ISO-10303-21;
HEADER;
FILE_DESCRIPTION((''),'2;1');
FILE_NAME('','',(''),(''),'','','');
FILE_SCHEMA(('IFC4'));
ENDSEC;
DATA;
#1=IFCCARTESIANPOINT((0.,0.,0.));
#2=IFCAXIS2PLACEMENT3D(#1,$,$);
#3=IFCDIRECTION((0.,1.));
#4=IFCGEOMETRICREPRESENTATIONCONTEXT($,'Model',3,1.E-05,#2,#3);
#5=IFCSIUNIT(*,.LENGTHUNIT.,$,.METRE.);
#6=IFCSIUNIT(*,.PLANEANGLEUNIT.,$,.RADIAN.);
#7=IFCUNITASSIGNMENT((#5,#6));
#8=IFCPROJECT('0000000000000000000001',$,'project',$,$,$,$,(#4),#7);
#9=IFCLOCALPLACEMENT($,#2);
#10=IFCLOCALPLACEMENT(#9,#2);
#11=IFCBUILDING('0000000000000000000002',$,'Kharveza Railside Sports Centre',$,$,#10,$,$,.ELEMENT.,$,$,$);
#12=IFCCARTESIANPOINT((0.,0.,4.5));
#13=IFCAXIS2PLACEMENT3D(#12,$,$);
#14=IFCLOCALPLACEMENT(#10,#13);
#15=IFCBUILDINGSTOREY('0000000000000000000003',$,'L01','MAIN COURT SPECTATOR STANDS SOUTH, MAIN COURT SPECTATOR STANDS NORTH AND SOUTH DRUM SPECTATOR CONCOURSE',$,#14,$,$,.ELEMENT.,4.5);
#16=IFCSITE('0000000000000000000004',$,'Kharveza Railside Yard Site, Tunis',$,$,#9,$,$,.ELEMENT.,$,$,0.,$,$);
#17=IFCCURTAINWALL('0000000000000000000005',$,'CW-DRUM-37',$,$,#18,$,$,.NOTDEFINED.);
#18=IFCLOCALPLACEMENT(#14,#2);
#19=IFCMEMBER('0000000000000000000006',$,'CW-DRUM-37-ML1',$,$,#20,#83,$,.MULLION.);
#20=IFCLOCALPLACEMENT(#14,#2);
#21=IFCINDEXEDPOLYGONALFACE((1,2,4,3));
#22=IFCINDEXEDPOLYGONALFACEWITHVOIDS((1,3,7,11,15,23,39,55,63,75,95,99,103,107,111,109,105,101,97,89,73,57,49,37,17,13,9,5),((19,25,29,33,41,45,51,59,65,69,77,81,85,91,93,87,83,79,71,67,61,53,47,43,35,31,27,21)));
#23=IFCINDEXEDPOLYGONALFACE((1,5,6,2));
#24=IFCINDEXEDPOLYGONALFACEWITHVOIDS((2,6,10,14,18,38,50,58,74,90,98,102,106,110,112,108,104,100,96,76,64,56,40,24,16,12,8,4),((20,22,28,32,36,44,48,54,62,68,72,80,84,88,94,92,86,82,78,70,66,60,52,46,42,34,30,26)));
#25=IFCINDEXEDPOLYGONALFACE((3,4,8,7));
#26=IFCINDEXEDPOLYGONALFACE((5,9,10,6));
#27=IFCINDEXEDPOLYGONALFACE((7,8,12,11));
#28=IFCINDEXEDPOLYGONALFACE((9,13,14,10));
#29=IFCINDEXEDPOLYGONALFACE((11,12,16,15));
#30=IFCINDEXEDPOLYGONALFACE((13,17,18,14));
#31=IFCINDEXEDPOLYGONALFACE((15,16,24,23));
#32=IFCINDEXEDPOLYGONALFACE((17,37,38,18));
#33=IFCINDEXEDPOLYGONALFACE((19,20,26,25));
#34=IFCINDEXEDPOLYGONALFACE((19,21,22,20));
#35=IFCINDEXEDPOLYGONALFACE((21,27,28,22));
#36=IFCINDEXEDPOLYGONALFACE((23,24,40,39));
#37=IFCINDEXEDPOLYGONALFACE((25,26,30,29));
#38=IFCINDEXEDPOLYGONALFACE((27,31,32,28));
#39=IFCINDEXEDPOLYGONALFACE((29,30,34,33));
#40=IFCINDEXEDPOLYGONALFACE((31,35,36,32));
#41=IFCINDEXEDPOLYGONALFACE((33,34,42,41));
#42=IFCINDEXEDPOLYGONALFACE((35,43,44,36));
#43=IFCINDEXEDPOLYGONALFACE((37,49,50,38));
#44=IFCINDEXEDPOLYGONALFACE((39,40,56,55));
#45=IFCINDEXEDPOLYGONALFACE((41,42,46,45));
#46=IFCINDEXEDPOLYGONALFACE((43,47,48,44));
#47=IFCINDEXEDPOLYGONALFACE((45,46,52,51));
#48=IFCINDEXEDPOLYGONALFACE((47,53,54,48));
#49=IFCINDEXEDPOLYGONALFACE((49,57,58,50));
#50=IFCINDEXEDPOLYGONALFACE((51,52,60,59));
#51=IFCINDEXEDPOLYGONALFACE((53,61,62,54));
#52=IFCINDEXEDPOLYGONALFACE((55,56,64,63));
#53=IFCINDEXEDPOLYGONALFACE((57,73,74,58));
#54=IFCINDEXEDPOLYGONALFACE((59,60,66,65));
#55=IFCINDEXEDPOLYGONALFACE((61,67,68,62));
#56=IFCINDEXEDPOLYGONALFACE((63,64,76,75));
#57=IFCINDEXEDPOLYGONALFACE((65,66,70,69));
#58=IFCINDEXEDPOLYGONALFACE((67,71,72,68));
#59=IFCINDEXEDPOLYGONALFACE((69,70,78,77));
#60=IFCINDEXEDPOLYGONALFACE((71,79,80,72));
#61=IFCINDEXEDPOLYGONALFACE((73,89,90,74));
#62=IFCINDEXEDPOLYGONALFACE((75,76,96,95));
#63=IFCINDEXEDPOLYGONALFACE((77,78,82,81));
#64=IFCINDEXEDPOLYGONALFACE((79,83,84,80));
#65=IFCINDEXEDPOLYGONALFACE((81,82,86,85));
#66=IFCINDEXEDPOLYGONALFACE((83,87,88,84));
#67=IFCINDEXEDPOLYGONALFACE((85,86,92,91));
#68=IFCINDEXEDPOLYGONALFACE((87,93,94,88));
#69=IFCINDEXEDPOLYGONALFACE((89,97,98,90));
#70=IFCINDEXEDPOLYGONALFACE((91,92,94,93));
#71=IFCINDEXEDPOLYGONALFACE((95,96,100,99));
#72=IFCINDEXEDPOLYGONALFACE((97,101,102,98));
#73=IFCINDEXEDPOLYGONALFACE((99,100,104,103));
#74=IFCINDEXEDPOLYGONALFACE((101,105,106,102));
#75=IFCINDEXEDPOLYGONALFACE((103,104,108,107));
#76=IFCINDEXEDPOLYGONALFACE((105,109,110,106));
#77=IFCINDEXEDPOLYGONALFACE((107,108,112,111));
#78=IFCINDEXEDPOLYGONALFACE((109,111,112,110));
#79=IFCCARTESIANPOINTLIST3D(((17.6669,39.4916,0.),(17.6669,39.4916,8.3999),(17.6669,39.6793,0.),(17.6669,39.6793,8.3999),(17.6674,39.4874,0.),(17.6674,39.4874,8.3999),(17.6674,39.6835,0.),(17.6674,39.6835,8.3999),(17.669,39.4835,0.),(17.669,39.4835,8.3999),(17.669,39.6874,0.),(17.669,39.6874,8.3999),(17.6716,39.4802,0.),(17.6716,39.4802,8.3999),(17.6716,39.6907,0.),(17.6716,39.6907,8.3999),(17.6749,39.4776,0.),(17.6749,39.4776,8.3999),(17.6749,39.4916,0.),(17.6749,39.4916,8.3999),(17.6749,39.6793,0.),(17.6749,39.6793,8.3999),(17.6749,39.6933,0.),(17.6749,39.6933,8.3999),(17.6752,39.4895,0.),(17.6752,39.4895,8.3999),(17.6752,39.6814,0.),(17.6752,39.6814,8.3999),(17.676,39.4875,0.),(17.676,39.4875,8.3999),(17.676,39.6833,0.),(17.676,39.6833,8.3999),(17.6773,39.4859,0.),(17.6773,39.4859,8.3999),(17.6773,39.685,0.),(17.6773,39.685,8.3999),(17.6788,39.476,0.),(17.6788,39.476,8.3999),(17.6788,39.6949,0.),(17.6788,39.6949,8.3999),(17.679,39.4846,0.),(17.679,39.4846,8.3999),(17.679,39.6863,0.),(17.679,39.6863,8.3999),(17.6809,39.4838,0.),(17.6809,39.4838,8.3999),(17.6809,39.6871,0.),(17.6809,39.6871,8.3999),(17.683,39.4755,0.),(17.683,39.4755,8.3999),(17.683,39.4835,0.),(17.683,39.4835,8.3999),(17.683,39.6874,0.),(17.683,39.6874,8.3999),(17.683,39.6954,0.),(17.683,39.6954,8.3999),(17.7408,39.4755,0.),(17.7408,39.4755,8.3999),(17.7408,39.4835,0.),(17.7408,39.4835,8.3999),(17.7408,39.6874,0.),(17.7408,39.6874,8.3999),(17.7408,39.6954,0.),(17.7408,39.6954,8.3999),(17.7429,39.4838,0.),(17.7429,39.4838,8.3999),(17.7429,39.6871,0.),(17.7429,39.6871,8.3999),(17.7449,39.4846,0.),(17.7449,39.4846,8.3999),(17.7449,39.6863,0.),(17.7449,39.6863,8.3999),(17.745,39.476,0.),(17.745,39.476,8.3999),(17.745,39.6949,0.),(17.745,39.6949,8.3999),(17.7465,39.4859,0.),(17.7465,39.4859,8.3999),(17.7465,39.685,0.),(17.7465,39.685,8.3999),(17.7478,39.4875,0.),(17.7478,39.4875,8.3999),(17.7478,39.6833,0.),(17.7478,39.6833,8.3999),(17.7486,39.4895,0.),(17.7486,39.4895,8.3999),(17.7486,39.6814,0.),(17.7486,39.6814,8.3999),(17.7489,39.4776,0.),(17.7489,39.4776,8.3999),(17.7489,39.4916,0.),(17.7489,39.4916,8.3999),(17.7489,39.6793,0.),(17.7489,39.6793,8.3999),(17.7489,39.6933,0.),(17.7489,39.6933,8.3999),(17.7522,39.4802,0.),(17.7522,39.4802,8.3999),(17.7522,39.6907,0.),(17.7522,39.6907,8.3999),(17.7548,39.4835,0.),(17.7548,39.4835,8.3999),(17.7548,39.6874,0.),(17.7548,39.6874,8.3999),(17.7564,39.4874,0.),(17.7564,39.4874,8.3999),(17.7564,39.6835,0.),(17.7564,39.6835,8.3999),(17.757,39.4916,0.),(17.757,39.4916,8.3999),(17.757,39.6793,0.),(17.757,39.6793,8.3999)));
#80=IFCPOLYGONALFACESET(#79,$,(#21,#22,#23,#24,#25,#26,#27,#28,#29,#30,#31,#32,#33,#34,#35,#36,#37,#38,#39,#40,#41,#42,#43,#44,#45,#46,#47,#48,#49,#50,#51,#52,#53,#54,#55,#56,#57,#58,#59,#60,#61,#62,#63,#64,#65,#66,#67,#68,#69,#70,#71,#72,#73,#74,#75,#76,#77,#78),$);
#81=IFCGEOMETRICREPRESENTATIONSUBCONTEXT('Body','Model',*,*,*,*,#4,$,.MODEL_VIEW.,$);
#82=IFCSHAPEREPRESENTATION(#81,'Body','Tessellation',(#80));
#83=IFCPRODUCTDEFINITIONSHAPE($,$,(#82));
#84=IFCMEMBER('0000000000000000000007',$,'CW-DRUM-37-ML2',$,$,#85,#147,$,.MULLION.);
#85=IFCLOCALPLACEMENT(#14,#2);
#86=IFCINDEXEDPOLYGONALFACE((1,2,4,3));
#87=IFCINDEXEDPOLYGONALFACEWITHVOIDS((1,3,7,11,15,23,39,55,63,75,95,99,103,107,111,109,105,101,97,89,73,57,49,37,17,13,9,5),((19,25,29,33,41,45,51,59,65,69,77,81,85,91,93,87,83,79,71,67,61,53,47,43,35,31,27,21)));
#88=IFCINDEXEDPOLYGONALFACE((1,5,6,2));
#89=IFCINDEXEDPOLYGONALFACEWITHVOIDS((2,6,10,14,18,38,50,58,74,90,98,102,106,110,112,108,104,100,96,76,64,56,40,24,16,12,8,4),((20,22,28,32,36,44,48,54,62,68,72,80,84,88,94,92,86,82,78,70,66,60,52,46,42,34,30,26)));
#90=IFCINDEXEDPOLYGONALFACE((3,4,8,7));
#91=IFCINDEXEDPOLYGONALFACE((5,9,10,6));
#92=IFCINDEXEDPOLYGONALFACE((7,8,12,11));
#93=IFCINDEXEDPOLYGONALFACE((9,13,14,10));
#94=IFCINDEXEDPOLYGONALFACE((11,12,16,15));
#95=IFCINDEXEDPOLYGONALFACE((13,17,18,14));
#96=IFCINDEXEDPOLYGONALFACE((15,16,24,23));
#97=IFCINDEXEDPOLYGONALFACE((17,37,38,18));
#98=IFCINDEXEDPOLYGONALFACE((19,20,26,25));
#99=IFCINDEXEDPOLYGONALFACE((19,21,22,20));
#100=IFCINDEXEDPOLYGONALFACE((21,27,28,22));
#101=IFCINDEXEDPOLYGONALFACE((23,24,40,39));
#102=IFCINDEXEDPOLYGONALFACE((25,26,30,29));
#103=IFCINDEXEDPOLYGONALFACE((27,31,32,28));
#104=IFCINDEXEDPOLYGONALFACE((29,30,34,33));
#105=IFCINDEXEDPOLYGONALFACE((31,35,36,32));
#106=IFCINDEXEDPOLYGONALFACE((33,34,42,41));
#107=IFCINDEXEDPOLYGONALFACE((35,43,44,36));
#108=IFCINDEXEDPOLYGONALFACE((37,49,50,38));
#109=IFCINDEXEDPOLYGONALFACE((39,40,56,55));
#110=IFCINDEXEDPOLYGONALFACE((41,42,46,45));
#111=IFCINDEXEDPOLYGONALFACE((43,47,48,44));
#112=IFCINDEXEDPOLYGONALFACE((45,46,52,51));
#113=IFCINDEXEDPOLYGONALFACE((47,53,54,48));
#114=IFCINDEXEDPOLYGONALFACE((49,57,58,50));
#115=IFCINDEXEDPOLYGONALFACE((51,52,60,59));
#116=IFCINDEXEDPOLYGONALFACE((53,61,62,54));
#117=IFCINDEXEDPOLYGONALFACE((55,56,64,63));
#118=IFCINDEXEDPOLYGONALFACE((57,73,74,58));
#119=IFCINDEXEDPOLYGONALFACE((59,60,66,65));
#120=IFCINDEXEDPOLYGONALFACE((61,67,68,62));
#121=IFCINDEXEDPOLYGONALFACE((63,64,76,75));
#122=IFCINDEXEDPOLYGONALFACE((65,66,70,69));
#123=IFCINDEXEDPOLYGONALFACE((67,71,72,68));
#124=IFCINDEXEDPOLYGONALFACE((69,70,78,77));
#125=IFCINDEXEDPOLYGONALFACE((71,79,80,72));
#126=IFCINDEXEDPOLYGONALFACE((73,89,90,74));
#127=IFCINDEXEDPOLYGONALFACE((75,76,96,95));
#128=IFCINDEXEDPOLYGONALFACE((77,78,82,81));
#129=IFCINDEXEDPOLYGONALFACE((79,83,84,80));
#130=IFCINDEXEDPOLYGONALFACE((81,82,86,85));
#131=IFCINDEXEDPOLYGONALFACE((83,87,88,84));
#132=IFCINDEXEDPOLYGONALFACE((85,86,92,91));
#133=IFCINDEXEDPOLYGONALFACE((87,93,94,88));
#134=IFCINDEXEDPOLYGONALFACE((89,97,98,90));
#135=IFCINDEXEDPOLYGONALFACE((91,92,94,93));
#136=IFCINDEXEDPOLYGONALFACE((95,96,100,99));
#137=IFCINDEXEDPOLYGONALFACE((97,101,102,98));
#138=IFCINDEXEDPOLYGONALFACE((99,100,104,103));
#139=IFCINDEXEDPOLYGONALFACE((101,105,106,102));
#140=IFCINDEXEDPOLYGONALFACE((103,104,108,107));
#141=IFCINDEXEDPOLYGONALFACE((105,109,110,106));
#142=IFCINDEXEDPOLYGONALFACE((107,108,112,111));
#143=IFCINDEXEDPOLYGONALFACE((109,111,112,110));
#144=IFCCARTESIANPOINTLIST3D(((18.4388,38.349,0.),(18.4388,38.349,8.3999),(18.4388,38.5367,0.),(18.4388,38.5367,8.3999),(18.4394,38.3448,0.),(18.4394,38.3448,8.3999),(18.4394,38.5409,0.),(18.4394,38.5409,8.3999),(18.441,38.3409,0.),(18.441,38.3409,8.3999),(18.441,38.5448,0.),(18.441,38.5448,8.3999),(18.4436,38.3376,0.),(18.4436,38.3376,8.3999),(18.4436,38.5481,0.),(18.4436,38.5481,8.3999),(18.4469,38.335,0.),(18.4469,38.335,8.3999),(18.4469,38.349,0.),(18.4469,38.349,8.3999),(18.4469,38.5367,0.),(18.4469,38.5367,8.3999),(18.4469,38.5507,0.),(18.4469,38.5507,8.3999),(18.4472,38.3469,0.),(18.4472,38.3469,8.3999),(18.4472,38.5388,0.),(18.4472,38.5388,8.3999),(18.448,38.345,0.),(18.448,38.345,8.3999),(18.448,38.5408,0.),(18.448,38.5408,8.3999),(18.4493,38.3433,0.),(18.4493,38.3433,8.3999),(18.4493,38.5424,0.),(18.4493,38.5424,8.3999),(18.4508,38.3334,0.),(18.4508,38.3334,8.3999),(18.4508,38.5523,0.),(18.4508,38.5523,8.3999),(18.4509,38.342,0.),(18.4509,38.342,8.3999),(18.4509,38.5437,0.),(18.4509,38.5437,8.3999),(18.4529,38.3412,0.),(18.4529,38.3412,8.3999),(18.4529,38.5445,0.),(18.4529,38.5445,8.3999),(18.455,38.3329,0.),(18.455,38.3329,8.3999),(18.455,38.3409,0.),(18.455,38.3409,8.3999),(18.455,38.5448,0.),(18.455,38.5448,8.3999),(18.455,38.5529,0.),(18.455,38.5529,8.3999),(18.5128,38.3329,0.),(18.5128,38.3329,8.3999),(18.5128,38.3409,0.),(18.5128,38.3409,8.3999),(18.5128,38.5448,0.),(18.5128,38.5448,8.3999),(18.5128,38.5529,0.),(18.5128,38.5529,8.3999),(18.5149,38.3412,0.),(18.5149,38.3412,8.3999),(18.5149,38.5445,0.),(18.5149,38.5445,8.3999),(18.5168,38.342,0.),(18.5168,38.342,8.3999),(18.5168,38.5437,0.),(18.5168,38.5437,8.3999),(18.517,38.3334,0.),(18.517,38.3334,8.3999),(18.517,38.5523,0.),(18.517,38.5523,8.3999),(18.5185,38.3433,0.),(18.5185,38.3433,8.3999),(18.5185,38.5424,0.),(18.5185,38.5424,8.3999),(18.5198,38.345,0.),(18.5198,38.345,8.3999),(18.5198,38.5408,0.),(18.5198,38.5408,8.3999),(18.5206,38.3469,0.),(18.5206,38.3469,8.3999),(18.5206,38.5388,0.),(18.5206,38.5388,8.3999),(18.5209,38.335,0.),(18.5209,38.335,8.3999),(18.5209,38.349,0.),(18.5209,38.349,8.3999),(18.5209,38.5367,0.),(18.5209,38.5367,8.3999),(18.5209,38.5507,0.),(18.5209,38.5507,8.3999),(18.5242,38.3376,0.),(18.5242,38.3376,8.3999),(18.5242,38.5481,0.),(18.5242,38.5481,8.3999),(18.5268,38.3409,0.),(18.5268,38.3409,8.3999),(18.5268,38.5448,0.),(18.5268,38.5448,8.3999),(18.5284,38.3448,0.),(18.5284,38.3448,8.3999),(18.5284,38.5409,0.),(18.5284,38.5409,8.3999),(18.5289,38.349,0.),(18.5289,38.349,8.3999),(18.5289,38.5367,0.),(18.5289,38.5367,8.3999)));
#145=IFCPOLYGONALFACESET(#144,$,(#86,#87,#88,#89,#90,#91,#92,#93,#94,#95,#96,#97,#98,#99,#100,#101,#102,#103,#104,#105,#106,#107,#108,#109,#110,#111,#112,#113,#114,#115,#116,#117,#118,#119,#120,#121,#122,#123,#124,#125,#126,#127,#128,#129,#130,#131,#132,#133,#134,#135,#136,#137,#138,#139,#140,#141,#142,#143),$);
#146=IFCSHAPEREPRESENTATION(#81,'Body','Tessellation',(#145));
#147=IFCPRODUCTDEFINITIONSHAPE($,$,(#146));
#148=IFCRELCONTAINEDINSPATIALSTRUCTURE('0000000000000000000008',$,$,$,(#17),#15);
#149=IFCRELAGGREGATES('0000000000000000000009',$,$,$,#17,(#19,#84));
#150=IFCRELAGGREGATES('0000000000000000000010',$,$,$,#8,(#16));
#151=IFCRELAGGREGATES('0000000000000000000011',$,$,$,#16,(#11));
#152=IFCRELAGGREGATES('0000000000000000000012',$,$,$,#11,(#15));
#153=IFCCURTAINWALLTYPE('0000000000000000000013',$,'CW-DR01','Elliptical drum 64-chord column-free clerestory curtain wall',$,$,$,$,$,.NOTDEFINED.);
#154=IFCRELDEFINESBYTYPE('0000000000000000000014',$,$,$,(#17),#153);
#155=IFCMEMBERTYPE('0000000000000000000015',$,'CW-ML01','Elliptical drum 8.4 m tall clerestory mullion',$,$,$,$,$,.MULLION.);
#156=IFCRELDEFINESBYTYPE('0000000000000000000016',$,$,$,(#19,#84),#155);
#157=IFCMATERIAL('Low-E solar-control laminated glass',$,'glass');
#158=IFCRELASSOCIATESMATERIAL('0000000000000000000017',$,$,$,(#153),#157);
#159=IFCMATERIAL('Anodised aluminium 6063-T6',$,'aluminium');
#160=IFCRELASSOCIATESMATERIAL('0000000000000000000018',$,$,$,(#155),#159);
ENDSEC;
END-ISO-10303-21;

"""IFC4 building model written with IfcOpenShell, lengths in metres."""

from ifc_helpers import new_model, si_unit, direction, frame, origin, origin_2d, place, context, subcontext, project, spatial, hollow_rectangle, extrude, material, material_profile, profile_set, type_object, element, aggregate, save


model = new_model("IFC4")

# Units and contexts
model_context = context("Model", 3, precision=1e-05, world=origin(), true_north=direction((0.0, 1.0)))
body_context = subcontext(model_context, "Body", "Model", "MODEL_VIEW")
ifc_project = project(units=[si_unit("LENGTHUNIT", "METRE"), si_unit("PLANEANGLEUNIT", "RADIAN")], contexts=[model_context])

# Site, building, storey
site_placement = place(None, origin())
site = spatial("IfcSite", under=ifc_project, at=site_placement, Name="Kharveza Railside Yard Site, Tunis", CompositionType="ELEMENT", RefElevation=0.0)
building_placement = place(site_placement, origin())
building = spatial("IfcBuilding", under=site, at=building_placement, Name="Kharveza Railside Sports Centre", CompositionType="ELEMENT")
storey_placement = place(building_placement, frame((0.0, 0.0, 4.5)))
storey = spatial("IfcBuildingStorey", under=building, at=storey_placement, Name="L01", Description="MAIN COURT SPECTATOR STANDS SOUTH, MAIN COURT SPECTATOR STANDS NORTH AND SOUTH DRUM SPECTATOR CONCOURSE", CompositionType="ELEMENT", Elevation=4.5)

# Shared definitions
ifc_material_1 = material(Name="Low-E solar-control laminated glass", Category="glass")
curtain_wall_type = type_object("IfcCurtainWallType", Name="CW-DR01", Description="Elliptical drum 64-chord column-free clerestory curtain wall", PredefinedType="NOTDEFINED", material=ifc_material_1)
ifc_material_2 = material(Name="Anodised aluminium 6063-T6", Category="aluminium")
ifc_material_profile_1 = material_profile(ifc_material_2, hollow_rectangle(XDim=0.0901, YDim=0.22, WallThickness=0.0081, InnerFilletRadius=0.0081, OuterFilletRadius=0.0161, at=origin_2d()), Name="RHS 90x220x8.0")
ifc_profile_set_1 = profile_set([ifc_material_profile_1], Name="Anodised aluminium 6063-T6")
member_type_1 = type_object("IfcMemberType", Name="CW-ML01", Description="Elliptical drum 8.4 m tall clerestory mullion", PredefinedType="MULLION", material=ifc_profile_set_1)

# Curtain wall, members
curtain_wall_1_placement = place(storey_placement, origin())
curtain_wall_1 = element("IfcCurtainWall", 1, at=curtain_wall_1_placement, inside=storey, type_object=curtain_wall_type, Name="CW-DRUM-37", PredefinedType="NOTDEFINED")
member_1_placement = place(storey_placement, frame((17.7119, 39.5854, 0.0), z_axis=(0.0, 0.0, 1.0), x_axis=(1.0, 0.0, 0.0)))
member_1 = element("IfcMember", 2, at=member_1_placement, type_object=member_type_1, Name="CW-DRUM-37-ML1", PredefinedType="MULLION", context=body_context, shape_type="SweptSolid", body=[
    extrude(hollow_rectangle(XDim=0.0901, YDim=0.22, WallThickness=0.0081, InnerFilletRadius=0.0081, OuterFilletRadius=0.0161, at=origin_2d()), origin(), (0.0, 0.0, 1.0), 8.3999),
])
member_2_placement = place(storey_placement, frame((18.4839, 38.4429, 0.0), z_axis=(0.0, 0.0, 1.0), x_axis=(1.0, 0.0, 0.0)))
member_2 = element("IfcMember", 3, at=member_2_placement, type_object=member_type_1, Name="CW-DRUM-37-ML2", PredefinedType="MULLION", context=body_context, shape_type="SweptSolid", body=[
    extrude(hollow_rectangle(XDim=0.0901, YDim=0.22, WallThickness=0.0081, InnerFilletRadius=0.0081, OuterFilletRadius=0.0161, at=origin_2d()), origin(), (0.0, 0.0, 1.0), 8.3999),
])

aggregate(curtain_wall_1, [member_1, member_2])

save(model, "model.ifc")
